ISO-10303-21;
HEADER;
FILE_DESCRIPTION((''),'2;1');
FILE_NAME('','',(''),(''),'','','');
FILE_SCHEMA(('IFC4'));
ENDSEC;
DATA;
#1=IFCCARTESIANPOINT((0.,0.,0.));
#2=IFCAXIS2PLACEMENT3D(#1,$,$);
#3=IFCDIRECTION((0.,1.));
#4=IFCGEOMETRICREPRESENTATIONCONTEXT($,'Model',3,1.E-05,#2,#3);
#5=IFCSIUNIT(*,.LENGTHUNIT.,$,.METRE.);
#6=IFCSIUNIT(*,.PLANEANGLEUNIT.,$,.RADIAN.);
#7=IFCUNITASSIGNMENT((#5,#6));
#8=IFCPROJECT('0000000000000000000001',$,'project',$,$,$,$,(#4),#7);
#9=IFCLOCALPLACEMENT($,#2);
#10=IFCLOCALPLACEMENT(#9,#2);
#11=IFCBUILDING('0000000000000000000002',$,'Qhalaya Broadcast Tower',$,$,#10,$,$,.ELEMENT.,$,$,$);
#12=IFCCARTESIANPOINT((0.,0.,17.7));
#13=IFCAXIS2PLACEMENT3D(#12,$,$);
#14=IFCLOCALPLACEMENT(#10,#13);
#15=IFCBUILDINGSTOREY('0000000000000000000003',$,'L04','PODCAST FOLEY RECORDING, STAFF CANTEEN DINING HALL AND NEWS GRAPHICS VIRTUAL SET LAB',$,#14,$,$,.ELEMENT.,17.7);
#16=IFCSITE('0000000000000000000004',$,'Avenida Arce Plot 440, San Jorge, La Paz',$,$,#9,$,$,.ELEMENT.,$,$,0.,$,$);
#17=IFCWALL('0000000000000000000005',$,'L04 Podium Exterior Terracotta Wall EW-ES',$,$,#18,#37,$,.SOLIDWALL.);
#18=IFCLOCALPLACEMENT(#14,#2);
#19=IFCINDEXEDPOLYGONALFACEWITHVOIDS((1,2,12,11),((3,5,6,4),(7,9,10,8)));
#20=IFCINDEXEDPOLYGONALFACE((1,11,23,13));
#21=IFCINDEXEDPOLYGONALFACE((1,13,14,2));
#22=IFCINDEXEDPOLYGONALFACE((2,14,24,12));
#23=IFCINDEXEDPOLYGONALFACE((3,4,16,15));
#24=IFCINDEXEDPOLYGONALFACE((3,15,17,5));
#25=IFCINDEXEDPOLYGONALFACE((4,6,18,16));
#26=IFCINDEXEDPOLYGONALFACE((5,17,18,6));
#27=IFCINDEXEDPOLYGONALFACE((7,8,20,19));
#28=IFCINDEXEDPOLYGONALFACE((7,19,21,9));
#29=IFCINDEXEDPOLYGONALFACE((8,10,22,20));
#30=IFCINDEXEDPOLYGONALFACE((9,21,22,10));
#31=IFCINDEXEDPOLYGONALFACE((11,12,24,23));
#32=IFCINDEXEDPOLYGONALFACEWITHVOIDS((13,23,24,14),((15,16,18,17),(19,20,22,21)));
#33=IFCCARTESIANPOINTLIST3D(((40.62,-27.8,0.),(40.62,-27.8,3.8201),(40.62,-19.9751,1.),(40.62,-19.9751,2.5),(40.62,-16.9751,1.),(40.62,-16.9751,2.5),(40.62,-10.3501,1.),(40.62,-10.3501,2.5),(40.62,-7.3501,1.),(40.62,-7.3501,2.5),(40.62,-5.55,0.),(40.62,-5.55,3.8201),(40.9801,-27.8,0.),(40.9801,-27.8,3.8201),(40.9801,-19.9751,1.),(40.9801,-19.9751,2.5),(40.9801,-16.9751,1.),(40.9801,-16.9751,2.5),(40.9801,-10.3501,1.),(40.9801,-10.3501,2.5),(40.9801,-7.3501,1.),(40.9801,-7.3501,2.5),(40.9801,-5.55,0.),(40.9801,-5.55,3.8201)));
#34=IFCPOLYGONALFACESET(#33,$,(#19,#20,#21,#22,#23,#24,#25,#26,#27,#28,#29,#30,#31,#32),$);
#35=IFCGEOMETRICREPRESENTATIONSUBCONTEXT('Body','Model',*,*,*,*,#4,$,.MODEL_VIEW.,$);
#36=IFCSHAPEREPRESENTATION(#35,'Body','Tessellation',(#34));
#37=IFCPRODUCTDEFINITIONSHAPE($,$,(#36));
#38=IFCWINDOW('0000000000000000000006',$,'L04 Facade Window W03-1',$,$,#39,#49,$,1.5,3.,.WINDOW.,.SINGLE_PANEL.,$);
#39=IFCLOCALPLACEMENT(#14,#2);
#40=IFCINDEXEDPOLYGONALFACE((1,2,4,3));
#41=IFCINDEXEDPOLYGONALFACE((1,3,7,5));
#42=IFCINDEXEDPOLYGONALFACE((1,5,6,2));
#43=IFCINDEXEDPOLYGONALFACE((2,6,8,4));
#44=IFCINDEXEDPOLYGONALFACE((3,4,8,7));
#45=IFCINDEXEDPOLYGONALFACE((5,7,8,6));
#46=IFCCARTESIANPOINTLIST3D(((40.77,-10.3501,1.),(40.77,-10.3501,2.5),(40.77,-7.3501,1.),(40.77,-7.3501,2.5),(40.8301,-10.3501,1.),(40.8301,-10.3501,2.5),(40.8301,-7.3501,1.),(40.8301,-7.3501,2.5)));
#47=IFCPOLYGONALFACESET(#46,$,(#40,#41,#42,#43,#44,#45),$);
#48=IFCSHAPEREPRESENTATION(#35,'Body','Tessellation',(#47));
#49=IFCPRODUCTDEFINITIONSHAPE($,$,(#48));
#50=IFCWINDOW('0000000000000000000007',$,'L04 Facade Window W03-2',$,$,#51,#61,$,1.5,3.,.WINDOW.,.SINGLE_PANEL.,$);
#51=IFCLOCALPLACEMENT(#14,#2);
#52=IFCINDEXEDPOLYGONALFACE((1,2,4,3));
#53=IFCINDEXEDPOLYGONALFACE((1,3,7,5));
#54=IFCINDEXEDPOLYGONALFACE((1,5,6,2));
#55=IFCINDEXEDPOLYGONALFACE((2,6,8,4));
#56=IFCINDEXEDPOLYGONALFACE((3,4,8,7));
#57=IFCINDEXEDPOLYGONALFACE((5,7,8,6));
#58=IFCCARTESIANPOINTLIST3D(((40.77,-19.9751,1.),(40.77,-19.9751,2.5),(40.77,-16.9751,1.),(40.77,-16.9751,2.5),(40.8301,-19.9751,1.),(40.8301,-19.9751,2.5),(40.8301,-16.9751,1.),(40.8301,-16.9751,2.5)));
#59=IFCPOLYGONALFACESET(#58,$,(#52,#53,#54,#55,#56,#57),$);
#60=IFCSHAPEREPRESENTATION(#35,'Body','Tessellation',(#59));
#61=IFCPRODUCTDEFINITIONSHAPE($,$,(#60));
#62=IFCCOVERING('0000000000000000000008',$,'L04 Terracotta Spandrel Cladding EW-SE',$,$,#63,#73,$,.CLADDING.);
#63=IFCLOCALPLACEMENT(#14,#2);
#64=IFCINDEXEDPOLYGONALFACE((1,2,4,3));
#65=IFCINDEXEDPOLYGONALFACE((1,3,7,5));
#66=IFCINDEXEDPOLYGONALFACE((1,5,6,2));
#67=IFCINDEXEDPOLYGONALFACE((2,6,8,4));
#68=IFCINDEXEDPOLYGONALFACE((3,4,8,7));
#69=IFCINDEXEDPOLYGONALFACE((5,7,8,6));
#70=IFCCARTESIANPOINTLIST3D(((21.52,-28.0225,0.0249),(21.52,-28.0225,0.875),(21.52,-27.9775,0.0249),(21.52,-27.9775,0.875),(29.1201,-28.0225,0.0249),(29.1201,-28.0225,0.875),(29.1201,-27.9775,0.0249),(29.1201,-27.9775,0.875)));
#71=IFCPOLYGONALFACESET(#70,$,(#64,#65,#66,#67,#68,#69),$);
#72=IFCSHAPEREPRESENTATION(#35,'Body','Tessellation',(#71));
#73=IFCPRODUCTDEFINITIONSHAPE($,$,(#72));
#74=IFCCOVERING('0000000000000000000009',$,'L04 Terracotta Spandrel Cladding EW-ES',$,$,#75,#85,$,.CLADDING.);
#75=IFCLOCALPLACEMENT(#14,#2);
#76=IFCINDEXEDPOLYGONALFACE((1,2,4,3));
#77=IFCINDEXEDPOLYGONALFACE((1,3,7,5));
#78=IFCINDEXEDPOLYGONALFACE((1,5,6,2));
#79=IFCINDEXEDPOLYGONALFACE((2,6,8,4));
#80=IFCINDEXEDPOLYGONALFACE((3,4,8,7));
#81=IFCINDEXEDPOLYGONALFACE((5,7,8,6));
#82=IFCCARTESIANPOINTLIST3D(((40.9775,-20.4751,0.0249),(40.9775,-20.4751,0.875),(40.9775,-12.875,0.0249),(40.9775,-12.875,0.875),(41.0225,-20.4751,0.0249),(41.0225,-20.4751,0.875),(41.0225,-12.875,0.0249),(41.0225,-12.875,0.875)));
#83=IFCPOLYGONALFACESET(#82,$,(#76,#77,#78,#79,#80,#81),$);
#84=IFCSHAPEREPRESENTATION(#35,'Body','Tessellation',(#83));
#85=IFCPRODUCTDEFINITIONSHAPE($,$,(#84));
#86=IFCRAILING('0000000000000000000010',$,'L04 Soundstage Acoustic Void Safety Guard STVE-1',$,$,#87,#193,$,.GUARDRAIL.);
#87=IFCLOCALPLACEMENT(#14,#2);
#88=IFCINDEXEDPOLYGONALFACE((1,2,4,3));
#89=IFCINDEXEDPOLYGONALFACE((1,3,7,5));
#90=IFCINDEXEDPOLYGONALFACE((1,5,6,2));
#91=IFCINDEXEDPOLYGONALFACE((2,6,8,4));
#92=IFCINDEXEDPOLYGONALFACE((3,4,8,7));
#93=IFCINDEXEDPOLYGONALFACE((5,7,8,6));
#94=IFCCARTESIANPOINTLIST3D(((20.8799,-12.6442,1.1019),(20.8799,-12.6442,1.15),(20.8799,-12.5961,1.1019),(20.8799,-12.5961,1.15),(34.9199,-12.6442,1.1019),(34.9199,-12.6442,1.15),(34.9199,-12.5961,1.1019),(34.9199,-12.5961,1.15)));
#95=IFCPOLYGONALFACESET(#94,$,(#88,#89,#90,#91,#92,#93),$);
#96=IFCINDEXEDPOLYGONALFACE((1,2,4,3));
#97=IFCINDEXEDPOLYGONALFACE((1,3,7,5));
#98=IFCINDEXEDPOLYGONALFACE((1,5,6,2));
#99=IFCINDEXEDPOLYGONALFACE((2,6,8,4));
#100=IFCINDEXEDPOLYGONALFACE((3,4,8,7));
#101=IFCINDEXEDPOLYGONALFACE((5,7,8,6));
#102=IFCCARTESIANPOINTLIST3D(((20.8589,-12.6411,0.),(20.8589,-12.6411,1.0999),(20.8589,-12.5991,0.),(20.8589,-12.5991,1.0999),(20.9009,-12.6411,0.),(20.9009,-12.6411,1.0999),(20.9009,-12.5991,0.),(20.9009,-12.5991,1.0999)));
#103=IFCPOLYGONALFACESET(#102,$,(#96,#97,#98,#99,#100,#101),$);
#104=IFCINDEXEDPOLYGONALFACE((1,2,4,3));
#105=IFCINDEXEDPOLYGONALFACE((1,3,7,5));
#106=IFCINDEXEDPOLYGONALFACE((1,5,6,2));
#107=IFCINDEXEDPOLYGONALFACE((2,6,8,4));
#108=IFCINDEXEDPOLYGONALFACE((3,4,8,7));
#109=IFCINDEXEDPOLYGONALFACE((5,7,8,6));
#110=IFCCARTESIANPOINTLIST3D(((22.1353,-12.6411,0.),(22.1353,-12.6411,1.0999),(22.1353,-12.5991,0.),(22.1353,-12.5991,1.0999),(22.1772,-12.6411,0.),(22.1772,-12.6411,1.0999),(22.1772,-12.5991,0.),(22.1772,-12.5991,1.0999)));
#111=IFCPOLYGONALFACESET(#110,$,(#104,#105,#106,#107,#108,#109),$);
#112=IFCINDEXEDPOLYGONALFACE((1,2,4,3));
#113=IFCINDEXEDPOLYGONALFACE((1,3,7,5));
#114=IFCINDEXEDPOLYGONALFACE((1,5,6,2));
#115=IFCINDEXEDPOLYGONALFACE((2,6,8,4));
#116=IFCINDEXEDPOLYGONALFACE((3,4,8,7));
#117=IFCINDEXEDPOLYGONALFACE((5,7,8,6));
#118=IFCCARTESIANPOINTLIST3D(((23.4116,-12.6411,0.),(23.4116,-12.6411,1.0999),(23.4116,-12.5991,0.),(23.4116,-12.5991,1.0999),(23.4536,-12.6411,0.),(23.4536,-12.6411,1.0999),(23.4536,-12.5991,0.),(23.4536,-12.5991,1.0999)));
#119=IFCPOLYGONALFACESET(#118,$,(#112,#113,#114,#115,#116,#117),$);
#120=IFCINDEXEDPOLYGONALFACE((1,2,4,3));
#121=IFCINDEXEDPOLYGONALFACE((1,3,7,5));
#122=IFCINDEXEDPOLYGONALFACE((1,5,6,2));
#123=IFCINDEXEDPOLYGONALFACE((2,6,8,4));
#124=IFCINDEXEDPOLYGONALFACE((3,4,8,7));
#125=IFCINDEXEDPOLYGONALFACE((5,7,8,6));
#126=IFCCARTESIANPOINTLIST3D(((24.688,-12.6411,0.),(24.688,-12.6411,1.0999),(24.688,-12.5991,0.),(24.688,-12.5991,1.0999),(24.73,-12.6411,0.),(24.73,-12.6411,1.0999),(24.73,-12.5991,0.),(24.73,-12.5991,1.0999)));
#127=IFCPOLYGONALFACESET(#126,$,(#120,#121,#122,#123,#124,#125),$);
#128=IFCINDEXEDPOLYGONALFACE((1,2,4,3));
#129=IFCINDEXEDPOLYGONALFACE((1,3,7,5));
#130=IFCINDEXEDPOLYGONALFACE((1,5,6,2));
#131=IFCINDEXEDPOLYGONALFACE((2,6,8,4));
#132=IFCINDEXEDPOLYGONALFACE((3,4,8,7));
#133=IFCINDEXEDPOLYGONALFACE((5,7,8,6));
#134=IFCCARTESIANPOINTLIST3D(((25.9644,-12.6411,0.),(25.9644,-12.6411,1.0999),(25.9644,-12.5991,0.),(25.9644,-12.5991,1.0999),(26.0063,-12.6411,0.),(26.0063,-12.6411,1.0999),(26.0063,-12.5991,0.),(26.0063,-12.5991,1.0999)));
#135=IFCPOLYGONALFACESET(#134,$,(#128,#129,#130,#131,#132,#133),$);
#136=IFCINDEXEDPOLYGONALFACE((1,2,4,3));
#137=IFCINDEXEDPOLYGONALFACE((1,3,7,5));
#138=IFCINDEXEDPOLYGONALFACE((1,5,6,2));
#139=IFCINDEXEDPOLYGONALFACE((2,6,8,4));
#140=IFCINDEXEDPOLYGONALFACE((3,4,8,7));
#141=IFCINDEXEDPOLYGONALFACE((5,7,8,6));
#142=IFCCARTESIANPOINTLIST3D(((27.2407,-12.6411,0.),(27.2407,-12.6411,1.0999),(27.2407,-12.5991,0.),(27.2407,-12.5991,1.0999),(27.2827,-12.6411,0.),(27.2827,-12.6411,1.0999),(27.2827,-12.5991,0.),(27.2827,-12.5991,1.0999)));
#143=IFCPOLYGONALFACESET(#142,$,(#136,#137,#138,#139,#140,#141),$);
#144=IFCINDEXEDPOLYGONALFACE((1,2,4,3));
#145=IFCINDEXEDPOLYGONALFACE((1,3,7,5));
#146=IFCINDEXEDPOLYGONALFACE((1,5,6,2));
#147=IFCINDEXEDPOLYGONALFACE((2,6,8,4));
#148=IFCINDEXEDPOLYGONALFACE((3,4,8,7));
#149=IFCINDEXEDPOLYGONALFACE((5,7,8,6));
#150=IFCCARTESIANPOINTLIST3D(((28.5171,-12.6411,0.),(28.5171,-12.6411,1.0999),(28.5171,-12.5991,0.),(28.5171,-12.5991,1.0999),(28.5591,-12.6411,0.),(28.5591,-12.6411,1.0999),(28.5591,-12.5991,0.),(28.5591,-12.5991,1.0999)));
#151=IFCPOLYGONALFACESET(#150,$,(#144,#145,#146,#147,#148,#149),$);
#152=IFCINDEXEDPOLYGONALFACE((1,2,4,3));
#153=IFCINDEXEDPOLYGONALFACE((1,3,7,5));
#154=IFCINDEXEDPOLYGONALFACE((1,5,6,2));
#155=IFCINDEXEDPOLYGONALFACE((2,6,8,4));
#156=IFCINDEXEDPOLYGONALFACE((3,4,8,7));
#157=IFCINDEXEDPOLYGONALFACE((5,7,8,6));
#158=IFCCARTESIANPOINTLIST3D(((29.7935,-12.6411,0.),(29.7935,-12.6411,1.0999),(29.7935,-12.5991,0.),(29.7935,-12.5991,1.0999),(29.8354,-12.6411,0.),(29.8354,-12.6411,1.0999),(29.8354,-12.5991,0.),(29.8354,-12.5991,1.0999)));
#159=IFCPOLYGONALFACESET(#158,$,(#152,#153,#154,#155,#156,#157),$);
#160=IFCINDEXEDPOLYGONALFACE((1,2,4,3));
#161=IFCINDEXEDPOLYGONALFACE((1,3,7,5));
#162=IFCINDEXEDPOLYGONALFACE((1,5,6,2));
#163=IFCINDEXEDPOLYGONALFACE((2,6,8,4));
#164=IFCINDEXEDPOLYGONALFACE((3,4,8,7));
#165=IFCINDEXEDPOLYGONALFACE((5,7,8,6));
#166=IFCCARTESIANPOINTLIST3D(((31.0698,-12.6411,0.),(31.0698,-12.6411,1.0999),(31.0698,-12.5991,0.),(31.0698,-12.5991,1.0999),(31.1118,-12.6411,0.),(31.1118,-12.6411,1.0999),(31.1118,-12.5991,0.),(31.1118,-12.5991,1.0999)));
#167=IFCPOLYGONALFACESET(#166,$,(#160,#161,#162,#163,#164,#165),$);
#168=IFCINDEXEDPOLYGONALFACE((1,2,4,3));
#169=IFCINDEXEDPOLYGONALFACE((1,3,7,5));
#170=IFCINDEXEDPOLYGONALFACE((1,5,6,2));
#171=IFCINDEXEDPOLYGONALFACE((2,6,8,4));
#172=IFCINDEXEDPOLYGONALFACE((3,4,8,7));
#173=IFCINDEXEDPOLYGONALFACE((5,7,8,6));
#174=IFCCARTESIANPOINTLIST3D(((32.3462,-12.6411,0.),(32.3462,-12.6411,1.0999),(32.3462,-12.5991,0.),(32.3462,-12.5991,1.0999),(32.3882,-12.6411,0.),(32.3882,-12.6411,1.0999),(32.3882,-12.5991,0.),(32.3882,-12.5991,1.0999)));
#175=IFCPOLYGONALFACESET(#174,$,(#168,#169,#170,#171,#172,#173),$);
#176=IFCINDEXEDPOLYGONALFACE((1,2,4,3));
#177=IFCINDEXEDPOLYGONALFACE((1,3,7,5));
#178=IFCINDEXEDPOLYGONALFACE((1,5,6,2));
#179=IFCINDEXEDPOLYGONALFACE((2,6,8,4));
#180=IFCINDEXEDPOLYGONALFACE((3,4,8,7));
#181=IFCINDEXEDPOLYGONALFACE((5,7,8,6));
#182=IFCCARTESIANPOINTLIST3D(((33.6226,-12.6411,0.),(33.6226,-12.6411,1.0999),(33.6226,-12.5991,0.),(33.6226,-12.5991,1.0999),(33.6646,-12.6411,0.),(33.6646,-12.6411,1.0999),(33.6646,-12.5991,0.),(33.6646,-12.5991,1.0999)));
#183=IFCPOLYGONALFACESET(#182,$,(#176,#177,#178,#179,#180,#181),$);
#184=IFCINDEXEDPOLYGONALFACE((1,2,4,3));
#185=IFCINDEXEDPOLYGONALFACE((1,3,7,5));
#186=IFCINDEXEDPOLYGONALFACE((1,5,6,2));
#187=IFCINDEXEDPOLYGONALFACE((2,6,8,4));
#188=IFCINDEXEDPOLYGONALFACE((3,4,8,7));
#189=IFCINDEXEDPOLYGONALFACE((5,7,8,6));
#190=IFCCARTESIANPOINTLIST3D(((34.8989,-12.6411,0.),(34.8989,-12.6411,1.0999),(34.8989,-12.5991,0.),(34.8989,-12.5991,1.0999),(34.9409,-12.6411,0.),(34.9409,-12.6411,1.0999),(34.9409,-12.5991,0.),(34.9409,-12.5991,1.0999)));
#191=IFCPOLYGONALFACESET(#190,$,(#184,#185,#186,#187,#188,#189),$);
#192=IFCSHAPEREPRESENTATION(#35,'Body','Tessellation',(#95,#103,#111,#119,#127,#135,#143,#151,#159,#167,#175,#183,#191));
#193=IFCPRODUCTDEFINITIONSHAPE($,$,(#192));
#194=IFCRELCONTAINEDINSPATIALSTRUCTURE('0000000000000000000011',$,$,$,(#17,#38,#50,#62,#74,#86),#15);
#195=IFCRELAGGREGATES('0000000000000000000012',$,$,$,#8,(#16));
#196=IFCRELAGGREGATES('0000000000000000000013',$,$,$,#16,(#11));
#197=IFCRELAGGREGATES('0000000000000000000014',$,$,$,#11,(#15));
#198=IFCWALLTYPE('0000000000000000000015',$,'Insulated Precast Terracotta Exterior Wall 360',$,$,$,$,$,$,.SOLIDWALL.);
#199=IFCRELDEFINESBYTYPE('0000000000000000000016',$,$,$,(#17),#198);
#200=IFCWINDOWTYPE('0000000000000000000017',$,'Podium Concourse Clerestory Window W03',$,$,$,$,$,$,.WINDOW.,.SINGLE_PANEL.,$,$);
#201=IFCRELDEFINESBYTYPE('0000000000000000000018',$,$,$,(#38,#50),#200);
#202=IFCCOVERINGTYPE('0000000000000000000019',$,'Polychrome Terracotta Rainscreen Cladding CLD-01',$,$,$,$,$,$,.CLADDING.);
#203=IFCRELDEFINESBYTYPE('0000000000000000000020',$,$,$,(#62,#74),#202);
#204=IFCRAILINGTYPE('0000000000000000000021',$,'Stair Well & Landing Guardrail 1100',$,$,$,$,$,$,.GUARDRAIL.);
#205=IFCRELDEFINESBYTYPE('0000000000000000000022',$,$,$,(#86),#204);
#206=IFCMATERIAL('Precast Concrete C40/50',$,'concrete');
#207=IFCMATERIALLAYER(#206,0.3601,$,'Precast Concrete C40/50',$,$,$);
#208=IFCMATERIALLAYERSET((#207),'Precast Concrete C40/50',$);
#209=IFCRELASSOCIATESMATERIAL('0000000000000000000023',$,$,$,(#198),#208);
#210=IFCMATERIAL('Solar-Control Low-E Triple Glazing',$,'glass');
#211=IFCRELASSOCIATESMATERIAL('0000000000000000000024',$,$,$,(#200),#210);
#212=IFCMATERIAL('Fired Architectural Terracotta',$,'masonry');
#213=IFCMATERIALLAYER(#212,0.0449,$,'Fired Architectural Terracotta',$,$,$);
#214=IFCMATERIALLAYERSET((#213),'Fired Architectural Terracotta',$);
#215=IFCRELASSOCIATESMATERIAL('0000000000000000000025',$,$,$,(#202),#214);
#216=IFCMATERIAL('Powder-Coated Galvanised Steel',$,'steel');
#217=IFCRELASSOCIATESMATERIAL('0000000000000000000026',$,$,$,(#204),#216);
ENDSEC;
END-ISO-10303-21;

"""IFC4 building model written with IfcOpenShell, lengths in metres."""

from ifc_helpers import new_model, si_unit, direction, frame, frame_2d, origin, origin_2d, place, context, subcontext, project, spatial, rectangle, extrude, material, layer, layer_set, type_object, element, fill, save


model = new_model("IFC4")

# Units and contexts
model_context = context("Model", 3, precision=1e-05, world=origin(), true_north=direction((0.0, 1.0)))
body_context = subcontext(model_context, "Body", "Model", "MODEL_VIEW")
ifc_project = project(units=[si_unit("LENGTHUNIT", "METRE"), si_unit("PLANEANGLEUNIT", "RADIAN")], contexts=[model_context])

# Site, building, storey
site_placement = place(None, origin())
site = spatial("IfcSite", under=ifc_project, at=site_placement, Name="Avenida Arce Plot 440, San Jorge, La Paz", CompositionType="ELEMENT", RefElevation=0.0)
building_placement = place(site_placement, origin())
building = spatial("IfcBuilding", under=site, at=building_placement, Name="Qhalaya Broadcast Tower", CompositionType="ELEMENT")
storey_placement = place(building_placement, frame((0.0, 0.0, 17.7)))
storey = spatial("IfcBuildingStorey", under=building, at=storey_placement, Name="L04", Description="PODCAST FOLEY RECORDING, STAFF CANTEEN DINING HALL AND NEWS GRAPHICS VIRTUAL SET LAB", CompositionType="ELEMENT", Elevation=17.7)

# Wall, openings, windows
ifc_material_1 = material(Name="Precast Concrete C40/50", Category="concrete")
ifc_layer_1 = layer(ifc_material_1, 0.3601, Name="Precast Concrete C40/50")
ifc_layer_set_1 = layer_set([ifc_layer_1], Name="Precast Concrete C40/50")
wall_type_1 = type_object("IfcWallType", Name="Insulated Precast Terracotta Exterior Wall 360", PredefinedType="SOLIDWALL", material=ifc_layer_set_1)
ifc_material_2 = material(Name="Solar-Control Low-E Triple Glazing", Category="glass")
wall_1_placement = place(storey_placement, frame((40.8, -5.55, 0.0), z_axis=(0.0, 0.0, 1.0), x_axis=(0.0, -1.0, 0.0)))
wall_1 = element("IfcWall", 1, at=wall_1_placement, inside=storey, type_object=wall_type_1, Name="L04 Podium Exterior Terracotta Wall EW-ES", PredefinedType="SOLIDWALL", context=body_context, shape_type="SweptSolid", body=[
    extrude(rectangle(XDim=22.25, YDim=0.3601, at=frame_2d((11.125, 0.0))), origin(), (0.0, 0.0, 1.0), 3.8201),
])
opening_1_placement = place(wall_1_placement, frame((1.8, 0.0, 1.0)))
opening_1 = element("IfcOpeningElement", 2, at=opening_1_placement, cuts=wall_1, PredefinedType="OPENING", context=body_context, shape_type="SweptSolid", body=[
    extrude(rectangle(XDim=3.0, YDim=1.5, at=frame_2d((1.5, 0.75))), frame((0.0, 0.1921, 0.0), z_axis=(0.0, -1.0, 0.0), x_axis=(1.0, 0.0, 0.0)), (0.0, 0.0, 1.0), 0.384),
])
opening_2_placement = place(wall_1_placement, frame((11.425, 0.0, 1.0)))
opening_2 = element("IfcOpeningElement", 3, at=opening_2_placement, cuts=wall_1, PredefinedType="OPENING", context=body_context, shape_type="SweptSolid", body=[
    extrude(rectangle(XDim=3.0, YDim=1.5, at=frame_2d((1.5, 0.75))), frame((0.0, 0.1921, 0.0), z_axis=(0.0, -1.0, 0.0), x_axis=(1.0, 0.0, 0.0)), (0.0, 0.0, 1.0), 0.384),
])
window_type_1 = type_object("IfcWindowType", Name="Podium Concourse Clerestory Window W03", PartitioningType="SINGLE_PANEL", PredefinedType="WINDOW", material=ifc_material_2)
window_1_placement = place(opening_1_placement, origin())
window_1 = element("IfcWindow", 4, at=window_1_placement, inside=storey, type_object=window_type_1, Name="L04 Facade Window W03-1", OverallHeight=1.5, OverallWidth=3.0, PartitioningType="SINGLE_PANEL", PredefinedType="WINDOW", context=body_context, shape_type="SweptSolid", body=[
    extrude(rectangle(XDim=3.0, YDim=1.5, at=frame_2d((1.5, 0.75))), frame((0.0, 0.03, 0.0), z_axis=(0.0, -1.0, 0.0), x_axis=(1.0, 0.0, 0.0)), (0.0, 0.0, 1.0), 0.0601),
])
fill(opening_1, window_1)
window_2_placement = place(opening_2_placement, origin())
window_2 = element("IfcWindow", 5, at=window_2_placement, inside=storey, type_object=window_type_1, Name="L04 Facade Window W03-2", OverallHeight=1.5, OverallWidth=3.0, PartitioningType="SINGLE_PANEL", PredefinedType="WINDOW", context=body_context, shape_type="SweptSolid", body=[
    extrude(rectangle(XDim=3.0, YDim=1.5, at=frame_2d((1.5, 0.75))), frame((0.0, 0.03, 0.0), z_axis=(0.0, -1.0, 0.0), x_axis=(1.0, 0.0, 0.0)), (0.0, 0.0, 1.0), 0.0601),
])
fill(opening_2, window_2)

# Coverings
ifc_material_3 = material(Name="Fired Architectural Terracotta", Category="masonry")
ifc_layer_2 = layer(ifc_material_3, 0.0449, Name="Fired Architectural Terracotta")
ifc_layer_set_2 = layer_set([ifc_layer_2], Name="Fired Architectural Terracotta")
covering_type = type_object("IfcCoveringType", Name="Polychrome Terracotta Rainscreen Cladding CLD-01", PredefinedType="CLADDING", material=ifc_layer_set_2)
for number, where, z_axis, x_axis, name in (
    (6, (25.3201, -28.0, 0.0249), (0.0, 0.0, 1.0), (-1.0, 0.0, 0.0), "L04 Terracotta Spandrel Cladding EW-SE"),
    (7, (41.0, -16.675, 0.0249), (0.0, 0.0, 1.0), (0.0, -1.0, 0.0), "L04 Terracotta Spandrel Cladding EW-ES"),
):
    element("IfcCovering", number, at=place(storey_placement, frame(where, z_axis=z_axis, x_axis=x_axis)), inside=storey, type_object=covering_type, Name=name, PredefinedType="CLADDING", context=body_context, shape_type="SweptSolid", body=[
        extrude(rectangle(XDim=7.6001, YDim=0.0449, at=origin_2d()), origin(), (0.0, 0.0, 1.0), 0.8501),
    ])

# Railing
ifc_material_4 = material(Name="Powder-Coated Galvanised Steel", Category="steel")
railing_type = type_object("IfcRailingType", Name="Stair Well & Landing Guardrail 1100", PredefinedType="GUARDRAIL", material=ifc_material_4)
railing_1_placement = place(storey_placement, frame((20.8799, -12.6201, 0.0)))
element("IfcRailing", 8, at=railing_1_placement, inside=storey, type_object=railing_type, Name="L04 Soundstage Acoustic Void Safety Guard STVE-1", PredefinedType="GUARDRAIL", context=body_context, shape_type="SweptSolid", body=[
    extrude(rectangle(XDim=0.0481, YDim=0.0481, at=origin_2d()), frame((0.0, 0.0, 1.126), z_axis=(1.0, 0.0, 0.0), x_axis=(0.0, 1.0, 0.0)), (0.0, 0.0, 1.0), 14.04),
    extrude(rectangle(XDim=0.042, YDim=0.042, at=origin_2d()), origin(), (0.0, 0.0, 1.0), 1.0999),
    extrude(rectangle(XDim=0.042, YDim=0.042, at=origin_2d()), frame((1.2764, 0.0, 0.0)), (0.0, 0.0, 1.0), 1.0999),
    extrude(rectangle(XDim=0.042, YDim=0.042, at=origin_2d()), frame((2.5527, 0.0, 0.0)), (0.0, 0.0, 1.0), 1.0999),
    extrude(rectangle(XDim=0.042, YDim=0.042, at=origin_2d()), frame((3.8291, 0.0, 0.0)), (0.0, 0.0, 1.0), 1.0999),
    extrude(rectangle(XDim=0.042, YDim=0.042, at=origin_2d()), frame((5.1055, 0.0, 0.0)), (0.0, 0.0, 1.0), 1.0999),
    extrude(rectangle(XDim=0.042, YDim=0.042, at=origin_2d()), frame((6.3818, 0.0, 0.0)), (0.0, 0.0, 1.0), 1.0999),
    extrude(rectangle(XDim=0.042, YDim=0.042, at=origin_2d()), frame((7.6582, 0.0, 0.0)), (0.0, 0.0, 1.0), 1.0999),
    extrude(rectangle(XDim=0.042, YDim=0.042, at=origin_2d()), frame((8.9346, 0.0, 0.0)), (0.0, 0.0, 1.0), 1.0999),
    extrude(rectangle(XDim=0.042, YDim=0.042, at=origin_2d()), frame((10.2109, 0.0, 0.0)), (0.0, 0.0, 1.0), 1.0999),
    extrude(rectangle(XDim=0.042, YDim=0.042, at=origin_2d()), frame((11.4873, 0.0, 0.0)), (0.0, 0.0, 1.0), 1.0999),
    extrude(rectangle(XDim=0.042, YDim=0.042, at=origin_2d()), frame((12.7637, 0.0, 0.0)), (0.0, 0.0, 1.0), 1.0999),
    extrude(rectangle(XDim=0.042, YDim=0.042, at=origin_2d()), frame((14.04, 0.0, 0.0)), (0.0, 0.0, 1.0), 1.0999),
])

save(model, "model.ifc")
